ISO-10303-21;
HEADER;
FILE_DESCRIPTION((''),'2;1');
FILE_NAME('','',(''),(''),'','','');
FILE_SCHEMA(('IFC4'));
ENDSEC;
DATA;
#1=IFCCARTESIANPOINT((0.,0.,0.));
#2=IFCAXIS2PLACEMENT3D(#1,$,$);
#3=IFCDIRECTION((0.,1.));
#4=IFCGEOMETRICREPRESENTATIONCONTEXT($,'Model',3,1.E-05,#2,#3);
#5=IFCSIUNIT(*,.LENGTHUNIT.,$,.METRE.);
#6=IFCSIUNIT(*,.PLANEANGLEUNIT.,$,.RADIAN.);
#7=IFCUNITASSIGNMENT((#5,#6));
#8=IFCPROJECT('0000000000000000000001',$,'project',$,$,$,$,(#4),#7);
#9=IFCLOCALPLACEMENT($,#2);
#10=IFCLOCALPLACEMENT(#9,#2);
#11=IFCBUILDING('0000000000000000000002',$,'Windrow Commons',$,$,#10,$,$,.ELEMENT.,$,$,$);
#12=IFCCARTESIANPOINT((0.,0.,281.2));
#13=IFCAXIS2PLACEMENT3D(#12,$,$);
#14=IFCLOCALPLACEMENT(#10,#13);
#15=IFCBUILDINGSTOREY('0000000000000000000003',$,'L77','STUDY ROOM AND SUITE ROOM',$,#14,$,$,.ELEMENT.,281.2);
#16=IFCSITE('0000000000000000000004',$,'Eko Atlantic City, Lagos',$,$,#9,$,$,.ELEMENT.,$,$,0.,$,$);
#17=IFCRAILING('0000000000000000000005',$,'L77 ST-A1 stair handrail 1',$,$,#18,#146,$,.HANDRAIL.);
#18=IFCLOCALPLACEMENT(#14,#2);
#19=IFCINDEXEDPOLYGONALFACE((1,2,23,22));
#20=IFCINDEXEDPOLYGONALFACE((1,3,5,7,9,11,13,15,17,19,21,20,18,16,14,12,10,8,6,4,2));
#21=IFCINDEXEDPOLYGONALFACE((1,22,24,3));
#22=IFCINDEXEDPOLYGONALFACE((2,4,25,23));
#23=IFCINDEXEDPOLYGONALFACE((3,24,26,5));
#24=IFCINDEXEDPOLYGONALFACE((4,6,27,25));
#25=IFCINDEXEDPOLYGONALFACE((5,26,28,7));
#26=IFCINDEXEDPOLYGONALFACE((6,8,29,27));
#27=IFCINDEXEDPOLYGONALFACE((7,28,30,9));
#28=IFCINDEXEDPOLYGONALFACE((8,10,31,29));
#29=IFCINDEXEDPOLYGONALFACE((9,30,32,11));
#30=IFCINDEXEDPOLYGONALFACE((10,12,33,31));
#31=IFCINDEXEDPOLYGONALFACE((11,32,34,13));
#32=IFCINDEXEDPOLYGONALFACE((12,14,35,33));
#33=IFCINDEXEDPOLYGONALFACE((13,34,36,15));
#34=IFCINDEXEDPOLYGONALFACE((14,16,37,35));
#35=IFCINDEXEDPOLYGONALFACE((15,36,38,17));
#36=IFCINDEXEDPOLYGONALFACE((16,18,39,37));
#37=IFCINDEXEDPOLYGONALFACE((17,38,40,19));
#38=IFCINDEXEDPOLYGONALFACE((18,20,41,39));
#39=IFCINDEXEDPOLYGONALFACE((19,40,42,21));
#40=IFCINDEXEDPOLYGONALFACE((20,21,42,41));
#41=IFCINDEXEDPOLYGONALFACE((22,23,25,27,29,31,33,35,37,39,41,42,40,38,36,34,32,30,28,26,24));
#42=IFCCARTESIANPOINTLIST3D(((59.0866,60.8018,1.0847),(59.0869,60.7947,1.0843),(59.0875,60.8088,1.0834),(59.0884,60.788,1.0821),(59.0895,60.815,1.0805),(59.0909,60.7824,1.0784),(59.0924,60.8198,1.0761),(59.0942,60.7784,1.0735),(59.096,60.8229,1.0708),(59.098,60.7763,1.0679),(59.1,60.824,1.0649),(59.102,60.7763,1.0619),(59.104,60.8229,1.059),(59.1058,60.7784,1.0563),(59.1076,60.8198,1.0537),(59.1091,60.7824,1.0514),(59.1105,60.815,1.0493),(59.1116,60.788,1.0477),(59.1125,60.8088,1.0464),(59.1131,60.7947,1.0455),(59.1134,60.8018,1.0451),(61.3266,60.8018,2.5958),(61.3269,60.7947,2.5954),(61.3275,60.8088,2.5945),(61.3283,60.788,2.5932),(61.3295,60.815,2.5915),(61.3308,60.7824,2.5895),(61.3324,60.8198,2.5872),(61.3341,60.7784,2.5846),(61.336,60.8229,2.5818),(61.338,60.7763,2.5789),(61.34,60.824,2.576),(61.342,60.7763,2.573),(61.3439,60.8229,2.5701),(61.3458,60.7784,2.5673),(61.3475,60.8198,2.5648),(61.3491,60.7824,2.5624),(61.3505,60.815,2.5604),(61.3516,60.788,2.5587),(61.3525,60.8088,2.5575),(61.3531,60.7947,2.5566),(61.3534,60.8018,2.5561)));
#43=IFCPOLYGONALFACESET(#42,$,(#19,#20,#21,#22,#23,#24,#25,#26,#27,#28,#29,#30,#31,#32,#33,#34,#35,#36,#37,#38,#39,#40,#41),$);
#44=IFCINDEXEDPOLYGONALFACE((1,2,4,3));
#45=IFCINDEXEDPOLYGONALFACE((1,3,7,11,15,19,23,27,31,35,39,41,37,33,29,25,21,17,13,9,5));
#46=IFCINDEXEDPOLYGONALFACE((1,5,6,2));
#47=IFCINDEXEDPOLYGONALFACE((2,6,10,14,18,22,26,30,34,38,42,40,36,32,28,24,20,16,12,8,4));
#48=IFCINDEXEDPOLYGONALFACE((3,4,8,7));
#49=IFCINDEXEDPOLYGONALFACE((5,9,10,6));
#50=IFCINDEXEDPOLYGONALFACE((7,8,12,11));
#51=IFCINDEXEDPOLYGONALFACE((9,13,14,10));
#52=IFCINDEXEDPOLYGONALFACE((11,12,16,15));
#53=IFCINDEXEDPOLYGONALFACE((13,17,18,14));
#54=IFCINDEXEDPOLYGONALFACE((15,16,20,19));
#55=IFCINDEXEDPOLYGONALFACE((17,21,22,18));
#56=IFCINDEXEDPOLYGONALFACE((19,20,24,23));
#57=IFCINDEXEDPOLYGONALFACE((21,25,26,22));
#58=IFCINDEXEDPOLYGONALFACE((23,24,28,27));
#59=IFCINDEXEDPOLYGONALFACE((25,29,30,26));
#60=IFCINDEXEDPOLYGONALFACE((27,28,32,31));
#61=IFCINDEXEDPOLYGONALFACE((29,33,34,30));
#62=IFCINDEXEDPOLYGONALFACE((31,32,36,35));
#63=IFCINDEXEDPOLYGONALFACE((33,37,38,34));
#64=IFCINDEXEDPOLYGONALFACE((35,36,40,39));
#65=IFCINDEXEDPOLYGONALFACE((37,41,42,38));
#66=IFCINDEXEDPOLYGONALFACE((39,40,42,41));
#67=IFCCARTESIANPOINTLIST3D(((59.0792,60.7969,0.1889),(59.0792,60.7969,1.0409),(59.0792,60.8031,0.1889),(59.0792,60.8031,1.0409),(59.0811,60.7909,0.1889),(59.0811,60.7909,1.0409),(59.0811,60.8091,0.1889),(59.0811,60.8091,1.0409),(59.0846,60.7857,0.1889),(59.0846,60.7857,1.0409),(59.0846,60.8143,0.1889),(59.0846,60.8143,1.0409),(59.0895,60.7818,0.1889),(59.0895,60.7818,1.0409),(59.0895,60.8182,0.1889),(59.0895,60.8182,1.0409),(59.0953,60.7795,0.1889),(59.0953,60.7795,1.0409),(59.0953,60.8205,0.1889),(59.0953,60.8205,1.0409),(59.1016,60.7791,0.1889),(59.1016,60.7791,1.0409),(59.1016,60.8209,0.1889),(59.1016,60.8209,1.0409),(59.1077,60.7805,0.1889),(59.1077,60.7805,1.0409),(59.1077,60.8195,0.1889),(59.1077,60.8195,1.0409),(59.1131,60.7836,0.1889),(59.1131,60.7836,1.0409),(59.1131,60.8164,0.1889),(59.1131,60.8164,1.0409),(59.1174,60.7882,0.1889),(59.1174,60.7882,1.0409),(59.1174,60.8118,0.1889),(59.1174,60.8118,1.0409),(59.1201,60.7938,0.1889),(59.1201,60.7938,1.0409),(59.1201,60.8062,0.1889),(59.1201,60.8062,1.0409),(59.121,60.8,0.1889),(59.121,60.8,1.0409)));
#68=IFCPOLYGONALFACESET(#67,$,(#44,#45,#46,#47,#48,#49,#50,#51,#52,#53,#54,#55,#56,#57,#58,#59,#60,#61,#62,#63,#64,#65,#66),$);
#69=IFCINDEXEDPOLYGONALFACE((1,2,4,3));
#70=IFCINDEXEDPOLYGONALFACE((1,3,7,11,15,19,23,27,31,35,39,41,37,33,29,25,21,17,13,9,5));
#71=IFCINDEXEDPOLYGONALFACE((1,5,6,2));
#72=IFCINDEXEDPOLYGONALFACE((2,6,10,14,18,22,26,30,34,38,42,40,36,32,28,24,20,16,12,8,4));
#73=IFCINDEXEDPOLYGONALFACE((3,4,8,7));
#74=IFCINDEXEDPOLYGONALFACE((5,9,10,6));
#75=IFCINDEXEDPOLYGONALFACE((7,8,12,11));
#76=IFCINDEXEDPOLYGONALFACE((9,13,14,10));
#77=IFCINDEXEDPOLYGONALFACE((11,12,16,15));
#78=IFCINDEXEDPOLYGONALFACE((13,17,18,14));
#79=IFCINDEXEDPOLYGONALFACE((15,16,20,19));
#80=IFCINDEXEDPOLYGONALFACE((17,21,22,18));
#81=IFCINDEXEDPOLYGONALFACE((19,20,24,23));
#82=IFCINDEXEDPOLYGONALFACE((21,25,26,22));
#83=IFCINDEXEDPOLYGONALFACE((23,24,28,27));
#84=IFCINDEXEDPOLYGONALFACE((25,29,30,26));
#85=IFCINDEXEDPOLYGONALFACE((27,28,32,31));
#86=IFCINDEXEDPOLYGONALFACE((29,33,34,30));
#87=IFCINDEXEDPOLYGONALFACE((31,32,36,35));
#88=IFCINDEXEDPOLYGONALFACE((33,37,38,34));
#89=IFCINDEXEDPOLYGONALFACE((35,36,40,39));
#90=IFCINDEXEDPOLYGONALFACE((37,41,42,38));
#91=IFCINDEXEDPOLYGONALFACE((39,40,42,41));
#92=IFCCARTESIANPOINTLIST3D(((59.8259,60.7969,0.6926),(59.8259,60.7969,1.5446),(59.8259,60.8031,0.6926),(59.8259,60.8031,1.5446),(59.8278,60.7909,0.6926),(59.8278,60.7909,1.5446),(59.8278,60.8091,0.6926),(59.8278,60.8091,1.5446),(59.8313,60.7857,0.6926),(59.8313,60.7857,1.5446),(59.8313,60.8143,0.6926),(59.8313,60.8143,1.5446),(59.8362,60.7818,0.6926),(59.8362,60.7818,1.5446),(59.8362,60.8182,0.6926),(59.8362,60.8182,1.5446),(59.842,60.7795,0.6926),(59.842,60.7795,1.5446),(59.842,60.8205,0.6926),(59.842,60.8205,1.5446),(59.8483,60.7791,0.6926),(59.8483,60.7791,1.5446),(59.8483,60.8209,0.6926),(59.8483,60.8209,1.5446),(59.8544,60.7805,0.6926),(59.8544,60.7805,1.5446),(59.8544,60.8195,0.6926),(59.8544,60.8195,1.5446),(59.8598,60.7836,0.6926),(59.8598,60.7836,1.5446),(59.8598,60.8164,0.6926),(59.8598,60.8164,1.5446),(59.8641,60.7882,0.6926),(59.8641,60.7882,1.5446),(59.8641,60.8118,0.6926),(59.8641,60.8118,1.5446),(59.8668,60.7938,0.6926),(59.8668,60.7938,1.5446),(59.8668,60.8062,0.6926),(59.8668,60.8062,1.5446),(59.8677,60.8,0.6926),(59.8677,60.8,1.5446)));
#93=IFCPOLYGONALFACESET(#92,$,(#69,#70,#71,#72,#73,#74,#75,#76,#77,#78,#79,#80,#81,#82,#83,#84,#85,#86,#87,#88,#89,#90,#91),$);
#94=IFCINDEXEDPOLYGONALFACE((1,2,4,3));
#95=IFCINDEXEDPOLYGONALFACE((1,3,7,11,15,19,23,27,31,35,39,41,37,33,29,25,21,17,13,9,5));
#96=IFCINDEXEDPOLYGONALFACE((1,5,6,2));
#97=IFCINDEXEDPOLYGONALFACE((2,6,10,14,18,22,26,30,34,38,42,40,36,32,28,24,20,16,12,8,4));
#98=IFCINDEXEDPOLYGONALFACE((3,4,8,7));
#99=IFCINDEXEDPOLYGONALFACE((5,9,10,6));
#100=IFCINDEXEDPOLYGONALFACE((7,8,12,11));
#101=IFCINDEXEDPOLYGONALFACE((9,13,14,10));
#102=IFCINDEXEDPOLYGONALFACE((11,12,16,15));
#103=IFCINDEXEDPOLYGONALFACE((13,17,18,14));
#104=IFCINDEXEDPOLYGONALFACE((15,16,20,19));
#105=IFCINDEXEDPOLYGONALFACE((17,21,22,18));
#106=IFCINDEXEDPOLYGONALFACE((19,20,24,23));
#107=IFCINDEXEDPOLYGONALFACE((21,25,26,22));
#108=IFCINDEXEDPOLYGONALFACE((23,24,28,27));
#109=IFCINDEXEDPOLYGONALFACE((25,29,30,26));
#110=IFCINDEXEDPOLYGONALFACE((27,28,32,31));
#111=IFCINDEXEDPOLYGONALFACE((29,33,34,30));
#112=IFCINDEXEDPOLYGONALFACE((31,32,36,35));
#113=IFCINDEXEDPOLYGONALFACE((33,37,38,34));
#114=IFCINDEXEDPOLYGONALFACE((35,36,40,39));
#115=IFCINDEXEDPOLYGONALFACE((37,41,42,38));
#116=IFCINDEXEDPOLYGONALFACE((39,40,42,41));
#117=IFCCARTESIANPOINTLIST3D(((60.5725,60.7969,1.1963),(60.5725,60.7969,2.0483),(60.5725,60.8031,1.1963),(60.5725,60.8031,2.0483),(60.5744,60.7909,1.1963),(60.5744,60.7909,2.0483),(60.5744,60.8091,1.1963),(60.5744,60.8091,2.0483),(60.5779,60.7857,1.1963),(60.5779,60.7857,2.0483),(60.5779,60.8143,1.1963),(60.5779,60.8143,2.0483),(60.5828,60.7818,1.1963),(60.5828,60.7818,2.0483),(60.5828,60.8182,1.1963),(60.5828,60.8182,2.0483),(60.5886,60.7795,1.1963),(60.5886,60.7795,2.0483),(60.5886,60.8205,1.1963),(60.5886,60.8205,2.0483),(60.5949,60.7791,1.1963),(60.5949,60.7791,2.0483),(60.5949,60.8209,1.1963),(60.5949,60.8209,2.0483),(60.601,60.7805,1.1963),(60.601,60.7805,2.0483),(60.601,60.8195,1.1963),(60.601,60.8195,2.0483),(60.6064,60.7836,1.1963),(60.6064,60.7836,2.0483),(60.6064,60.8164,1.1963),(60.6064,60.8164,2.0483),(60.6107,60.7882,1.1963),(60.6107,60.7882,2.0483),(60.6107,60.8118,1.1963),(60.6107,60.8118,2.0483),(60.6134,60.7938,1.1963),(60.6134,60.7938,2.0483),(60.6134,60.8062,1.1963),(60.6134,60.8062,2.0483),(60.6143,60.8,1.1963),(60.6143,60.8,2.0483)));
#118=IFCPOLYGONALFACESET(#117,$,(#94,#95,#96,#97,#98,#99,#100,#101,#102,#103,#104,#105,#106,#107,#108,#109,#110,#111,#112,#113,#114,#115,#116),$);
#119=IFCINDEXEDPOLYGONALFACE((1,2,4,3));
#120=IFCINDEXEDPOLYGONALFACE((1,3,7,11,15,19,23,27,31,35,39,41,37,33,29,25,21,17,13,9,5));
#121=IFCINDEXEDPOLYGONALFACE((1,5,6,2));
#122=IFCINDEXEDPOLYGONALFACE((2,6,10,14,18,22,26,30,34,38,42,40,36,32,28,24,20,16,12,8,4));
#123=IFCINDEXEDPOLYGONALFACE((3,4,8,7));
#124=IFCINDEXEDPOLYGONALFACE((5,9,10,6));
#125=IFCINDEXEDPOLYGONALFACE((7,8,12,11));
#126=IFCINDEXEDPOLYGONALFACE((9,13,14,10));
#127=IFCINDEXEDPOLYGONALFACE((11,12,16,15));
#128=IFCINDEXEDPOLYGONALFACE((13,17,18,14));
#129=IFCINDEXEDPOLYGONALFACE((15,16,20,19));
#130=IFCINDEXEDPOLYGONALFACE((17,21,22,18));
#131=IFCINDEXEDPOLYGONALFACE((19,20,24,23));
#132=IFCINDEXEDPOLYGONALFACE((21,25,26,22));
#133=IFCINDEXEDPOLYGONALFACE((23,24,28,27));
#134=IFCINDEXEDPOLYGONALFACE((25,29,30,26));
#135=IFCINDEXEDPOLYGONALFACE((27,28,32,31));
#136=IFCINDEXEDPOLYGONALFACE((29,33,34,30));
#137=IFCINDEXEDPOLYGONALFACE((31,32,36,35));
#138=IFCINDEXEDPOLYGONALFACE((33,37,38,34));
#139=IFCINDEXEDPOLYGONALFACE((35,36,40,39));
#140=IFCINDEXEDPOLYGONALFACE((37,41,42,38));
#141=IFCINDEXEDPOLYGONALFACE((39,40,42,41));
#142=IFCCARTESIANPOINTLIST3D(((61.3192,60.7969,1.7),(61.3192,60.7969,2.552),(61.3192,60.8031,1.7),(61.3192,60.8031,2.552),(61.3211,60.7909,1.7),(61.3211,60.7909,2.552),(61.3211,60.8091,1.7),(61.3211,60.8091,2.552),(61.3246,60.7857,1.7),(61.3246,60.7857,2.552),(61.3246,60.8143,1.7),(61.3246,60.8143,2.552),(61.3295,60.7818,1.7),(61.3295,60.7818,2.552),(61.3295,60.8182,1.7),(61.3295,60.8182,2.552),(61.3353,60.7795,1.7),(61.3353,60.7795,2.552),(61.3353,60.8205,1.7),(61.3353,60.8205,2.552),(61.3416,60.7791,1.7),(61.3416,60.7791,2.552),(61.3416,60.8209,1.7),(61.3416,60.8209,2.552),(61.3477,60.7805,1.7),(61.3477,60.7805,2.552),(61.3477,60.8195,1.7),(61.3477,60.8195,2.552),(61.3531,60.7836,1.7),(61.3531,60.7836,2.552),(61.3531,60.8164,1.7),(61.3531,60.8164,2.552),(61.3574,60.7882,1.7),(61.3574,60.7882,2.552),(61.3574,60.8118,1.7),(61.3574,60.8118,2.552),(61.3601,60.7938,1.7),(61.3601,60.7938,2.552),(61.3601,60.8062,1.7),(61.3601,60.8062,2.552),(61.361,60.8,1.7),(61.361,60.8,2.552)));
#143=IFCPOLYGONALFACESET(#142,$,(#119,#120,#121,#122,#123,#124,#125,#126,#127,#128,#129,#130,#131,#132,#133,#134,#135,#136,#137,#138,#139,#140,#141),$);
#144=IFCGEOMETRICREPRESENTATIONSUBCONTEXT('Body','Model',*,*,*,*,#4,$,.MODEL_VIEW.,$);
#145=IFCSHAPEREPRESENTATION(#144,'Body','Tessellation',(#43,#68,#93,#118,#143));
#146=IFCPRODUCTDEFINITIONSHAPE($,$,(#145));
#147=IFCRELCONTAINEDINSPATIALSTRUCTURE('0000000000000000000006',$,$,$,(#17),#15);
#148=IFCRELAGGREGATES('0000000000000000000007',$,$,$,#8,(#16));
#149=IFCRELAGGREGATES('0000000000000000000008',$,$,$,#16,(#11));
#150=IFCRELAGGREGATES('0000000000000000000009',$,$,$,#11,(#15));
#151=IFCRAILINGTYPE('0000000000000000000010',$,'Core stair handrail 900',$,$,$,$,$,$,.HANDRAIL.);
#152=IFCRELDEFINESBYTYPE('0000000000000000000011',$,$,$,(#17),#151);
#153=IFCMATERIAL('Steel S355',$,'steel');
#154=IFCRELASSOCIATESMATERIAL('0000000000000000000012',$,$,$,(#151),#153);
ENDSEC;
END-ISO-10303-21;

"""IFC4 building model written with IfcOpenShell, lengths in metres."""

from ifc_helpers import new_model, si_unit, direction, frame, origin, origin_2d, place, context, subcontext, project, spatial, circle, extrude, material, type_object, element, save


model = new_model("IFC4")

# Units and contexts
model_context = context("Model", 3, precision=1e-05, world=origin(), true_north=direction((0.0, 1.0)))
body_context = subcontext(model_context, "Body", "Model", "MODEL_VIEW")
ifc_project = project(units=[si_unit("LENGTHUNIT", "METRE"), si_unit("PLANEANGLEUNIT", "RADIAN")], contexts=[model_context])

# Site, building, storey
site_placement = place(None, origin())
site = spatial("IfcSite", under=ifc_project, at=site_placement, Name="Eko Atlantic City, Lagos", CompositionType="ELEMENT", RefElevation=0.0)
building_placement = place(site_placement, origin())
building = spatial("IfcBuilding", under=site, at=building_placement, Name="Windrow Commons", CompositionType="ELEMENT")
storey_placement = place(building_placement, frame((0.0, 0.0, 281.2)))
storey = spatial("IfcBuildingStorey", under=building, at=storey_placement, Name="L77", Description="STUDY ROOM AND SUITE ROOM", CompositionType="ELEMENT", Elevation=281.2)

# Railing
ifc_material_1 = material(Name="Steel S355", Category="steel")
railing_type = type_object("IfcRailingType", Name="Core stair handrail 900", PredefinedType="HANDRAIL", material=ifc_material_1)
for number, where, name in (
    (1, (59.1, 60.8, 0.1889), "L77 ST-A1 stair handrail 1"),
):
    element("IfcRailing", number, at=place(storey_placement, frame(where)), inside=storey, type_object=railing_type, Name=name, PredefinedType="HANDRAIL", context=body_context, shape_type="SweptSolid", body=[
        extrude(circle(Radius=0.024, at=origin_2d()), frame((0.0, 0.0, 0.876), z_axis=(0.829003, 0.0, 0.559244), x_axis=(0.0, 1.0, 0.0)), (0.0, 0.0, 1.0), 2.702),
        extrude(circle(Radius=0.021, at=origin_2d()), origin(), (0.0, 0.0, 1.0), 0.852),
        extrude(circle(Radius=0.021, at=origin_2d()), frame((0.7467, 0.0, 0.5037)), (0.0, 0.0, 1.0), 0.852),
        extrude(circle(Radius=0.021, at=origin_2d()), frame((1.4933, 0.0, 1.0074)), (0.0, 0.0, 1.0), 0.852),
        extrude(circle(Radius=0.021, at=origin_2d()), frame((2.24, 0.0, 1.5111)), (0.0, 0.0, 1.0), 0.852),
    ])

save(model, "model.ifc")
